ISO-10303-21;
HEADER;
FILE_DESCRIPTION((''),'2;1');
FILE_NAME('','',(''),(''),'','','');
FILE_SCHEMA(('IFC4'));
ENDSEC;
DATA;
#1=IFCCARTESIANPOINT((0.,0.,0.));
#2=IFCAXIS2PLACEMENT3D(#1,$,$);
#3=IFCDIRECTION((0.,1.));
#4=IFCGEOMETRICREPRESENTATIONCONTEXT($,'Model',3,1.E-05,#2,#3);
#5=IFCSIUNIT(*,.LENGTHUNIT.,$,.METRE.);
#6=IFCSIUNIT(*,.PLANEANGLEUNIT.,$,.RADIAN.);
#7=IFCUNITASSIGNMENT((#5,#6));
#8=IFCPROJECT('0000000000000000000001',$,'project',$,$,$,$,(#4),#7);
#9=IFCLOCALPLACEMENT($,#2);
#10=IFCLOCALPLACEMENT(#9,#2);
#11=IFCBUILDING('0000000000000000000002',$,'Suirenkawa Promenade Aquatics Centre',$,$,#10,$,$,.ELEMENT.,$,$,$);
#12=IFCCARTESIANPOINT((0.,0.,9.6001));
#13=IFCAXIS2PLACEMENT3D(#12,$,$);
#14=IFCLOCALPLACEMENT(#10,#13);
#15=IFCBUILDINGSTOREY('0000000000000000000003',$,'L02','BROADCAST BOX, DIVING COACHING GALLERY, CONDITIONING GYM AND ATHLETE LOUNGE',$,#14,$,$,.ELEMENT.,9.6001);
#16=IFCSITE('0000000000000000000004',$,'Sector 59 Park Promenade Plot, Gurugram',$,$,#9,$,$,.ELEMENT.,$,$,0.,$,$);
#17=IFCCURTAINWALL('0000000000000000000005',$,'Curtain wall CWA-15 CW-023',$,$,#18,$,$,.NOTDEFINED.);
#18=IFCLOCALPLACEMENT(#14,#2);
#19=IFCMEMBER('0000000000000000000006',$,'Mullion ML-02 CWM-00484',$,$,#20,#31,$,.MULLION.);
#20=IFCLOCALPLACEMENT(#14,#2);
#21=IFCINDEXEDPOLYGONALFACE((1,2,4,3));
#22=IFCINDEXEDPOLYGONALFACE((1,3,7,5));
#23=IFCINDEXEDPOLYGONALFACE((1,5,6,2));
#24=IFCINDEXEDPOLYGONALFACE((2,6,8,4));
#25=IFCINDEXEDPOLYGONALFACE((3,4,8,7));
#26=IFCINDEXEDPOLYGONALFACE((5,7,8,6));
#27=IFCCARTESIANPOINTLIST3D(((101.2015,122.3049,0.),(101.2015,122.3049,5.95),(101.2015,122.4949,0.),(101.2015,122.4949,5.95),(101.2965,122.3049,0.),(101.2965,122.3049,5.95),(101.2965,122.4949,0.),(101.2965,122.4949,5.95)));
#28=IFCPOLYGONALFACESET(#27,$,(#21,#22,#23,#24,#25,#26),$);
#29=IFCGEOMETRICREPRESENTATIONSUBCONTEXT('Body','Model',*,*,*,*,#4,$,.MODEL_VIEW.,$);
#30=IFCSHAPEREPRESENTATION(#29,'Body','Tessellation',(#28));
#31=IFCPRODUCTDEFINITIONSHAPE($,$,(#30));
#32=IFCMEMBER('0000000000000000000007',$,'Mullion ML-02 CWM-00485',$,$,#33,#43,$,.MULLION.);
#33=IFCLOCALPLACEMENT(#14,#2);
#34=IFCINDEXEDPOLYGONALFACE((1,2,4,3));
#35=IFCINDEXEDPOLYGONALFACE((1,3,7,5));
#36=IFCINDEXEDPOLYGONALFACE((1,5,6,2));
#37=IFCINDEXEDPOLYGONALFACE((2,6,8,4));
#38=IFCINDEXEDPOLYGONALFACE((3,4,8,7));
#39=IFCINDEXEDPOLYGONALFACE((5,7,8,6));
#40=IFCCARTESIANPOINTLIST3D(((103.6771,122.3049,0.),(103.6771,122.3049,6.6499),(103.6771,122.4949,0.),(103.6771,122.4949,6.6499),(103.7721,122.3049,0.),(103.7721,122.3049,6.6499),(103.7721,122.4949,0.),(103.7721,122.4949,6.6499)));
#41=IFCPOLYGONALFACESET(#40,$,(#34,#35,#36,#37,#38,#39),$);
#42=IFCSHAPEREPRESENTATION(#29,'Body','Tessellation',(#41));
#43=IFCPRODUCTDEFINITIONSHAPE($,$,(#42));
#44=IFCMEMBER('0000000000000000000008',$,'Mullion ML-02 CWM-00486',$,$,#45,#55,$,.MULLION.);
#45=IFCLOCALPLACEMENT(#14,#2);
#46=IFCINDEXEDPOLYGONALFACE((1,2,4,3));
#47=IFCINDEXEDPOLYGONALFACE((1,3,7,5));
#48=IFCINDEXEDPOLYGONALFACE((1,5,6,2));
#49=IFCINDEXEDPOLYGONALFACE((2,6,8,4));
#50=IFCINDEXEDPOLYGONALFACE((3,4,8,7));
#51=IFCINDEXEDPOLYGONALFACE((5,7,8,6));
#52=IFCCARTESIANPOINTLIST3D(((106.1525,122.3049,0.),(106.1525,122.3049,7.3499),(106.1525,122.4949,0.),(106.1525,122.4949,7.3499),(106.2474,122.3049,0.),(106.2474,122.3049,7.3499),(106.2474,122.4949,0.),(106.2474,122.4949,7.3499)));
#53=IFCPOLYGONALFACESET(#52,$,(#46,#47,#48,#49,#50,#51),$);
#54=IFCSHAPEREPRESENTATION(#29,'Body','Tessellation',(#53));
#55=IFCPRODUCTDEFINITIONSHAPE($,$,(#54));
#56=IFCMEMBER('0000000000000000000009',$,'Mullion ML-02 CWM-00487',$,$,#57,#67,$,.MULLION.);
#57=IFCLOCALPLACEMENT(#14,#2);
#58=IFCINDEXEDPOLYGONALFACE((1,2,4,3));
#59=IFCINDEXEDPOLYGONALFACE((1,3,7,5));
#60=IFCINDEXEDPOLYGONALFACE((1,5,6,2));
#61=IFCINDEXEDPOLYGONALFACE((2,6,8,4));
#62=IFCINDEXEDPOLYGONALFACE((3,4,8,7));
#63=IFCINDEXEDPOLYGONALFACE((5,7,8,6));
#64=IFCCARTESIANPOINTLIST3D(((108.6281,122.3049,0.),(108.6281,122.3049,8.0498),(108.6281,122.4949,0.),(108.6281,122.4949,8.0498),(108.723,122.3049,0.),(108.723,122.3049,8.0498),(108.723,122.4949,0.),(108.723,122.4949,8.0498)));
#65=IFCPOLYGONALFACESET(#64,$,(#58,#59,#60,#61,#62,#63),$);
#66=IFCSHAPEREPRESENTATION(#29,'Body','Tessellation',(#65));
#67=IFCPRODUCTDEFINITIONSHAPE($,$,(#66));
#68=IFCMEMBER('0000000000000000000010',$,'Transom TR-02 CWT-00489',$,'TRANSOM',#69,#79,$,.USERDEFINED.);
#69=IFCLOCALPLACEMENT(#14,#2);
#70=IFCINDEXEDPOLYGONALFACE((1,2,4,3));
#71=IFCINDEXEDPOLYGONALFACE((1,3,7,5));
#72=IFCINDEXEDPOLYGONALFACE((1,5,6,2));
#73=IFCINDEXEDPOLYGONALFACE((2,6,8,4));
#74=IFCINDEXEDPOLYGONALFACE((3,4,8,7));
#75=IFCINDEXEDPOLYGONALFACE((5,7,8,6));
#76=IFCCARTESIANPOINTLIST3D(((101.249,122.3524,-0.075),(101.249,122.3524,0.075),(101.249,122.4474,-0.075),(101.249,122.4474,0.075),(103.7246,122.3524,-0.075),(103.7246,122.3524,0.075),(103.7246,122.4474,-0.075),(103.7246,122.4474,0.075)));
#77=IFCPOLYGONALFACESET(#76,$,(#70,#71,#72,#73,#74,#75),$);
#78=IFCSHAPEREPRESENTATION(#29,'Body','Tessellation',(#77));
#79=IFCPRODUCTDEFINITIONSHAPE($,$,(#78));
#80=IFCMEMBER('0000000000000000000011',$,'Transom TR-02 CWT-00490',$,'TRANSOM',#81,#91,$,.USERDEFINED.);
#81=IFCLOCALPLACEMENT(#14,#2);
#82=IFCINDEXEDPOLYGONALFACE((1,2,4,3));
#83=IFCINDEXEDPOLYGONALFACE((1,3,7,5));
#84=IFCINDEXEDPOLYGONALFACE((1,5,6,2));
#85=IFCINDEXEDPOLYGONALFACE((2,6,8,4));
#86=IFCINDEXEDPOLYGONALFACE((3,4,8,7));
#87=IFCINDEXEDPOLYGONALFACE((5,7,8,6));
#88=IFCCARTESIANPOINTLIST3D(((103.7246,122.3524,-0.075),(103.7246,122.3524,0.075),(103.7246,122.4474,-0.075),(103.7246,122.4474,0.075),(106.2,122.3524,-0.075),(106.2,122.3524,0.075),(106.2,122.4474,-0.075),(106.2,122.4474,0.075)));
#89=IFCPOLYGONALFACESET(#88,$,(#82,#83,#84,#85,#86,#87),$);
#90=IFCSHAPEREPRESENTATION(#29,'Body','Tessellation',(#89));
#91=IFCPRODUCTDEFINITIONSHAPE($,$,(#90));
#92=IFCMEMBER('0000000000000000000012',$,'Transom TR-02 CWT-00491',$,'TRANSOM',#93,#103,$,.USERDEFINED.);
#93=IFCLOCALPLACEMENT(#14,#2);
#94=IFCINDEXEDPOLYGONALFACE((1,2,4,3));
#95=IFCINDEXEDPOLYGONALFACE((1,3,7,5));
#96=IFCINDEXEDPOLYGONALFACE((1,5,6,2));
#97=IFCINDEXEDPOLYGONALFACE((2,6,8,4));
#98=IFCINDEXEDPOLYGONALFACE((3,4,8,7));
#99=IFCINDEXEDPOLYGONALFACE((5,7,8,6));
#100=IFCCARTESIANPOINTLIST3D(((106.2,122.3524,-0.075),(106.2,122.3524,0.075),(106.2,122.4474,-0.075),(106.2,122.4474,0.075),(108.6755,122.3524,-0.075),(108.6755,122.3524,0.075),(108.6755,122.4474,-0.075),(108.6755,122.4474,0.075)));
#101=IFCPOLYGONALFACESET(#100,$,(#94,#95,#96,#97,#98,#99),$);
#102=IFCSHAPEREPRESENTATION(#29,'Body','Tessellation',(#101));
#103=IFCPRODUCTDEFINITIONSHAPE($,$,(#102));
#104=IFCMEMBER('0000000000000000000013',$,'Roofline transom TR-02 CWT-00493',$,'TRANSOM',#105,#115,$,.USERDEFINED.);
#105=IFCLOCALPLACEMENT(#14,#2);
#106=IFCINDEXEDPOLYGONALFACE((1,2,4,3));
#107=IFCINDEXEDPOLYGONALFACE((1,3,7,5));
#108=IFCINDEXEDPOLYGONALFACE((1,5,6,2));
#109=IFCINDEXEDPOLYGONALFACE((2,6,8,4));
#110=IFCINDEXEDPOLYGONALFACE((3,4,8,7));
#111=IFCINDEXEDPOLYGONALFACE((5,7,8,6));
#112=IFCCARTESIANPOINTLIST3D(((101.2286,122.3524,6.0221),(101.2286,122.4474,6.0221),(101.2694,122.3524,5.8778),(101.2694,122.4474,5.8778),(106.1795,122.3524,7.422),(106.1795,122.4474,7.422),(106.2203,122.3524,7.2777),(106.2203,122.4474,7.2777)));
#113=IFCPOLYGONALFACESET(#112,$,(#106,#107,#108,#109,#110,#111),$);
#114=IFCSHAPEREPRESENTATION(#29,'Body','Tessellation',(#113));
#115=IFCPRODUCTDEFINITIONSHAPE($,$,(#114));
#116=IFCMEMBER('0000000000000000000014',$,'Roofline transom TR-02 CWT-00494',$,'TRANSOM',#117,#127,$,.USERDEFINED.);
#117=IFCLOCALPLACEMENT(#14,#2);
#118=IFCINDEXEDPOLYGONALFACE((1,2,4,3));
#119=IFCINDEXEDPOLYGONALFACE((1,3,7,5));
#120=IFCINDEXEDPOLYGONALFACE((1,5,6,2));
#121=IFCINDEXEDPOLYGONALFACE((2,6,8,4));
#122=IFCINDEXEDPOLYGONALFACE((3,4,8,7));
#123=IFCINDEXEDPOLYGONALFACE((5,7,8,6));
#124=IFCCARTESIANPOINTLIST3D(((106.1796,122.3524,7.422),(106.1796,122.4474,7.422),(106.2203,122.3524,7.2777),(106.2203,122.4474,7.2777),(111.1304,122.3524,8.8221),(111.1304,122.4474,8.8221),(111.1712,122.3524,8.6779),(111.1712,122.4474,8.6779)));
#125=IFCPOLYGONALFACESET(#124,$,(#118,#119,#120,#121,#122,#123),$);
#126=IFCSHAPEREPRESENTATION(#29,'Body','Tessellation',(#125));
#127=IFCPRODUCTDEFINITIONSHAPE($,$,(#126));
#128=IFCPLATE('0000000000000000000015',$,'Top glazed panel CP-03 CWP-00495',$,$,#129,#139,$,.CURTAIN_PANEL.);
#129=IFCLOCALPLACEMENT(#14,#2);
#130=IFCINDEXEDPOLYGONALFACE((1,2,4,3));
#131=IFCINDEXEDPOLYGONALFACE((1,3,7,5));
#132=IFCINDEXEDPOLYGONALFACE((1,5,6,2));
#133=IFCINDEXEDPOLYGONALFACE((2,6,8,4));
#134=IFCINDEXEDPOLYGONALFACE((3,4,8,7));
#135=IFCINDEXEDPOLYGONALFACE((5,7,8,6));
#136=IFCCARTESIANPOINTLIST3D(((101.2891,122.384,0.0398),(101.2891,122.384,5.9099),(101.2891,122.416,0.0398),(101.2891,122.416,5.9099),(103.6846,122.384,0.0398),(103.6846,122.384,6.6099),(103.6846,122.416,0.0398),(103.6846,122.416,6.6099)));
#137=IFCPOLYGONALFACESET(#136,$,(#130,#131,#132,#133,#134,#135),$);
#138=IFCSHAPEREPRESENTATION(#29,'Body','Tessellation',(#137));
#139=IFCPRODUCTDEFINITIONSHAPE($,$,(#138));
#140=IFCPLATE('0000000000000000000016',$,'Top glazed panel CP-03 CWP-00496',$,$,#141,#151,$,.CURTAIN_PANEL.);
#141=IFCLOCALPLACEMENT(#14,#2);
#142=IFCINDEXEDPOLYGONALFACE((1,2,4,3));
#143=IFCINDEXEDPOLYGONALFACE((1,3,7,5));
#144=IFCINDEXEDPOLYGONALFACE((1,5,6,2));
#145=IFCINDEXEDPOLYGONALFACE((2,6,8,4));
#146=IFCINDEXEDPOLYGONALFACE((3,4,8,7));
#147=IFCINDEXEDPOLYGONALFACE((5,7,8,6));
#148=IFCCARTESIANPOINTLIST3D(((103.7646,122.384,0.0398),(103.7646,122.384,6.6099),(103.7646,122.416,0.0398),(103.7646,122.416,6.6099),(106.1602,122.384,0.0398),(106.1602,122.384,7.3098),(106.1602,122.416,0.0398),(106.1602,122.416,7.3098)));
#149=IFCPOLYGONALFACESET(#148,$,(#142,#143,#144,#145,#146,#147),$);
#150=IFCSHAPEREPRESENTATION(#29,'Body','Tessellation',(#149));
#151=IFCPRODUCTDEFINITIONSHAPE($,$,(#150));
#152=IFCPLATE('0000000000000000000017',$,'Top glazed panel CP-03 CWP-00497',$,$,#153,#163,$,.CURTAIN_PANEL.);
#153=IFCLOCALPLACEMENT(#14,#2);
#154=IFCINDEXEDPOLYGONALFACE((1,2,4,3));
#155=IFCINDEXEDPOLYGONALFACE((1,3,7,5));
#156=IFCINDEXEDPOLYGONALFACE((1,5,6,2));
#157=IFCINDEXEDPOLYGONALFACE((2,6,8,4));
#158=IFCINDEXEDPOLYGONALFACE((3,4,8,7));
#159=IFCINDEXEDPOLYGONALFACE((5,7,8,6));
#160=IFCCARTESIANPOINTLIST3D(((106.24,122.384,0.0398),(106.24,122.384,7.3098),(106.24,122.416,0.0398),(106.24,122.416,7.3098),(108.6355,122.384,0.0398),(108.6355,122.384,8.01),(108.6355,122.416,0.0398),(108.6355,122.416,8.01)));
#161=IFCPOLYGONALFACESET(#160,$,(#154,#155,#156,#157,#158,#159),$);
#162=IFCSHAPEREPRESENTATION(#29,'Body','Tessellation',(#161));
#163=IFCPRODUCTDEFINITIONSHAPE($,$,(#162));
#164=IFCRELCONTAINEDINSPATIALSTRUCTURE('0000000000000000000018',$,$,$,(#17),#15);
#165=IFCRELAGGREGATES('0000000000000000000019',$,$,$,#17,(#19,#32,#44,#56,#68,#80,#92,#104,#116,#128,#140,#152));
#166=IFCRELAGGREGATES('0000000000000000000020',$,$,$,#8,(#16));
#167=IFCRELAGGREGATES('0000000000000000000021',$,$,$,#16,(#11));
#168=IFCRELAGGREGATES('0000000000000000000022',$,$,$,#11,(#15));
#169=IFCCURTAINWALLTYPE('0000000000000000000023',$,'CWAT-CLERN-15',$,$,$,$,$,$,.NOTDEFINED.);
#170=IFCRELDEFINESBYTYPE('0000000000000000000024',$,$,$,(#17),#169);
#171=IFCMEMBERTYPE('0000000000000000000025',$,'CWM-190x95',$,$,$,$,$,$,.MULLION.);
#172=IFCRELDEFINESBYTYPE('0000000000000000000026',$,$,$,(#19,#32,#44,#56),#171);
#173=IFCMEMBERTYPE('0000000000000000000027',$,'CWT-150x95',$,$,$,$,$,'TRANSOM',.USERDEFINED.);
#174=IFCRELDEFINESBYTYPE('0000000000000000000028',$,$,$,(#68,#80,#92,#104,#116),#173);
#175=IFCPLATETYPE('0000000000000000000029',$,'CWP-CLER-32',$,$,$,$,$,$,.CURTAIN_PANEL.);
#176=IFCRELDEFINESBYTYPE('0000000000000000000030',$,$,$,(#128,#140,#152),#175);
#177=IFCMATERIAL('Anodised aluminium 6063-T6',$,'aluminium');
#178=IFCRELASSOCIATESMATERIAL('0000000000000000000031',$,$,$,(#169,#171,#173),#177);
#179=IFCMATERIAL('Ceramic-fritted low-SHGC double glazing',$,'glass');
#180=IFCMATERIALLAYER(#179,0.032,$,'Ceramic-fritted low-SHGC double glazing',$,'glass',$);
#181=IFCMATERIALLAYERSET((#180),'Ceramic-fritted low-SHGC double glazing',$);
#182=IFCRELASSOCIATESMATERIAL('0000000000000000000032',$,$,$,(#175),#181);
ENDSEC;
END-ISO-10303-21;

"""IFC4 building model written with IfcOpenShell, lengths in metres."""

from ifc_helpers import new_model, si_unit, direction, frame, origin, origin_2d, place, context, subcontext, project, spatial, polyline, rectangle, outline, extrude, material, layer, layer_set, material_profile, profile_set, type_object, element, aggregate, save


model = new_model("IFC4")

# Units and contexts
model_context = context("Model", 3, precision=1e-05, world=origin(), true_north=direction((0.0, 1.0)))
body_context = subcontext(model_context, "Body", "Model", "MODEL_VIEW")
ifc_project = project(units=[si_unit("LENGTHUNIT", "METRE"), si_unit("PLANEANGLEUNIT", "RADIAN")], contexts=[model_context])

# Site, building, storey
site_placement = place(None, origin())
site = spatial("IfcSite", under=ifc_project, at=site_placement, Name="Sector 59 Park Promenade Plot, Gurugram", CompositionType="ELEMENT", RefElevation=0.0)
building_placement = place(site_placement, origin())
building = spatial("IfcBuilding", under=site, at=building_placement, Name="Suirenkawa Promenade Aquatics Centre", CompositionType="ELEMENT")
storey_placement = place(building_placement, frame((0.0, 0.0, 9.6001)))
storey = spatial("IfcBuildingStorey", under=building, at=storey_placement, Name="L02", Description="BROADCAST BOX, DIVING COACHING GALLERY, CONDITIONING GYM AND ATHLETE LOUNGE", CompositionType="ELEMENT", Elevation=9.6001)

# Curtain wall, members, plates
ifc_material_1 = material(Name="Anodised aluminium 6063-T6", Category="aluminium")
curtain_wall_type = type_object("IfcCurtainWallType", Name="CWAT-CLERN-15", PredefinedType="NOTDEFINED", material=ifc_material_1)
curtain_wall_placement = place(storey_placement, origin())
curtain_wall = element("IfcCurtainWall", 1, at=curtain_wall_placement, inside=storey, type_object=curtain_wall_type, Name="Curtain wall CWA-15 CW-023", PredefinedType="NOTDEFINED")
ifc_material_profile_1 = material_profile(ifc_material_1, rectangle(XDim=0.095, YDim=0.1899, at=origin_2d()), Name="ALU MULL 95x190", Category="aluminium")
ifc_profile_set_1 = profile_set([ifc_material_profile_1], Name="Anodised aluminium 6063-T6")
member_type_1 = type_object("IfcMemberType", Name="CWM-190x95", PredefinedType="MULLION", material=ifc_profile_set_1)
member_1_placement = place(storey_placement, frame((101.249, 122.3999, 0.0), z_axis=(0.0, 0.0, 1.0), x_axis=(1.0, 0.0, 0.0)))
member_1 = element("IfcMember", 2, at=member_1_placement, type_object=member_type_1, Name="Mullion ML-02 CWM-00484", PredefinedType="MULLION", context=body_context, shape_type="SweptSolid", body=[
    extrude(rectangle(XDim=0.095, YDim=0.1899, at=origin_2d()), origin(), (0.0, 0.0, 1.0), 5.95),
])
member_2_placement = place(storey_placement, frame((103.7246, 122.3999, 0.0), z_axis=(0.0, 0.0, 1.0), x_axis=(1.0, 0.0, 0.0)))
member_2 = element("IfcMember", 3, at=member_2_placement, type_object=member_type_1, Name="Mullion ML-02 CWM-00485", PredefinedType="MULLION", context=body_context, shape_type="SweptSolid", body=[
    extrude(rectangle(XDim=0.095, YDim=0.1899, at=origin_2d()), origin(), (0.0, 0.0, 1.0), 6.6499),
])
member_3_placement = place(storey_placement, frame((106.2, 122.3999, 0.0), z_axis=(0.0, 0.0, 1.0), x_axis=(1.0, 0.0, 0.0)))
member_3 = element("IfcMember", 4, at=member_3_placement, type_object=member_type_1, Name="Mullion ML-02 CWM-00486", PredefinedType="MULLION", context=body_context, shape_type="SweptSolid", body=[
    extrude(rectangle(XDim=0.095, YDim=0.1899, at=origin_2d()), origin(), (0.0, 0.0, 1.0), 7.3499),
])
member_4_placement = place(storey_placement, frame((108.6755, 122.3999, 0.0), z_axis=(0.0, 0.0, 1.0), x_axis=(1.0, 0.0, 0.0)))
member_4 = element("IfcMember", 5, at=member_4_placement, type_object=member_type_1, Name="Mullion ML-02 CWM-00487", PredefinedType="MULLION", context=body_context, shape_type="SweptSolid", body=[
    extrude(rectangle(XDim=0.095, YDim=0.1899, at=origin_2d()), origin(), (0.0, 0.0, 1.0), 8.0498),
])
ifc_material_profile_2 = material_profile(ifc_material_1, rectangle(XDim=0.095, YDim=0.1499, at=origin_2d()), Name="ALU TRAN 95x150", Category="aluminium")
ifc_profile_set_2 = profile_set([ifc_material_profile_2], Name="Anodised aluminium 6063-T6")
member_type_2 = type_object("IfcMemberType", Name="CWT-150x95", ElementType="TRANSOM", PredefinedType="USERDEFINED", material=ifc_profile_set_2)
member_5_placement = place(storey_placement, frame((101.249, 122.3999, 0.0), z_axis=(1.0, 0.0, 0.0), x_axis=(0.0, 1.0, 0.0)))
member_5 = element("IfcMember", 6, at=member_5_placement, type_object=member_type_2, Name="Transom TR-02 CWT-00489", ObjectType="TRANSOM", PredefinedType="USERDEFINED", context=body_context, shape_type="SweptSolid", body=[
    extrude(rectangle(XDim=0.095, YDim=0.1499, at=origin_2d()), origin(), (0.0, 0.0, 1.0), 2.4756),
])
member_6_placement = place(storey_placement, frame((103.7246, 122.3999, 0.0), z_axis=(1.0, 0.0, 0.0), x_axis=(0.0, 1.0, 0.0)))
member_6 = element("IfcMember", 7, at=member_6_placement, type_object=member_type_2, Name="Transom TR-02 CWT-00490", ObjectType="TRANSOM", PredefinedType="USERDEFINED", context=body_context, shape_type="SweptSolid", body=[
    extrude(rectangle(XDim=0.095, YDim=0.1499, at=origin_2d()), origin(), (0.0, 0.0, 1.0), 2.4753),
])
member_7_placement = place(storey_placement, frame((106.2, 122.3999, 0.0), z_axis=(1.0, 0.0, 0.0), x_axis=(0.0, 1.0, 0.0)))
member_7 = element("IfcMember", 8, at=member_7_placement, type_object=member_type_2, Name="Transom TR-02 CWT-00491", ObjectType="TRANSOM", PredefinedType="USERDEFINED", context=body_context, shape_type="SweptSolid", body=[
    extrude(rectangle(XDim=0.095, YDim=0.1499, at=origin_2d()), origin(), (0.0, 0.0, 1.0), 2.4756),
])
member_8_placement = place(storey_placement, frame((101.249, 122.3999, 5.95), z_axis=(0.962272, 0.0, 0.272088), x_axis=(0.0, 1.0, 0.0)))
member_8 = element("IfcMember", 9, at=member_8_placement, type_object=member_type_2, Name="Roofline transom TR-02 CWT-00493", ObjectType="TRANSOM", PredefinedType="USERDEFINED", context=body_context, shape_type="SweptSolid", body=[
    extrude(rectangle(XDim=0.095, YDim=0.1499, at=origin_2d()), origin(), (0.0, 0.0, 1.0), 5.145),
])
member_9_placement = place(storey_placement, frame((106.2, 122.3999, 7.3499), z_axis=(0.96226, 0.0, 0.272132), x_axis=(0.0, 1.0, 0.0)))
member_9 = element("IfcMember", 10, at=member_9_placement, type_object=member_type_2, Name="Roofline transom TR-02 CWT-00494", ObjectType="TRANSOM", PredefinedType="USERDEFINED", context=body_context, shape_type="SweptSolid", body=[
    extrude(rectangle(XDim=0.095, YDim=0.1499, at=origin_2d()), origin(), (0.0, 0.0, 1.0), 5.145),
])
ifc_material_2 = material(Name="Ceramic-fritted low-SHGC double glazing", Category="glass")
ifc_layer_1 = layer(ifc_material_2, 0.032, Name="Ceramic-fritted low-SHGC double glazing", Category="glass")
ifc_layer_set_1 = layer_set([ifc_layer_1], Name="Ceramic-fritted low-SHGC double glazing")
plate_type = type_object("IfcPlateType", Name="CWP-CLER-32", PredefinedType="CURTAIN_PANEL", material=ifc_layer_set_1)
plate_1_placement = place(storey_placement, frame((101.249, 122.3999, 0.0398), z_axis=(0.0, 0.0, 1.0), x_axis=(1.0, 0.0, 0.0)))
plate_1 = element("IfcPlate", 11, at=plate_1_placement, type_object=plate_type, Name="Top glazed panel CP-03 CWP-00495", PredefinedType="CURTAIN_PANEL", context=body_context, shape_type="SweptSolid", body=[
    extrude(outline(polyline([(0.04, 0.0), (2.4355, 0.0), (2.4355, 6.5701), (0.04, 5.8701), (0.04, 0.0)])), frame((0.0, 0.0161, 0.0), z_axis=(0.0, -1.0, 0.0), x_axis=(1.0, 0.0, 0.0)), (0.0, 0.0, 1.0), 0.032),
])
plate_2_placement = place(storey_placement, frame((103.7246, 122.3999, 0.0398), z_axis=(0.0, 0.0, 1.0), x_axis=(1.0, 0.0, 0.0)))
plate_2 = element("IfcPlate", 12, at=plate_2_placement, type_object=plate_type, Name="Top glazed panel CP-03 CWP-00496", PredefinedType="CURTAIN_PANEL", context=body_context, shape_type="SweptSolid", body=[
    extrude(outline(polyline([(0.04, 0.0), (2.4355, 0.0), (2.4355, 7.27), (0.04, 6.5701), (0.04, 0.0)])), frame((0.0, 0.0161, 0.0), z_axis=(0.0, -1.0, 0.0), x_axis=(1.0, 0.0, 0.0)), (0.0, 0.0, 1.0), 0.032),
])
plate_3_placement = place(storey_placement, frame((106.2, 122.3999, 0.0398), z_axis=(0.0, 0.0, 1.0), x_axis=(1.0, 0.0, 0.0)))
plate_3 = element("IfcPlate", 13, at=plate_3_placement, type_object=plate_type, Name="Top glazed panel CP-03 CWP-00497", PredefinedType="CURTAIN_PANEL", context=body_context, shape_type="SweptSolid", body=[
    extrude(outline(polyline([(0.04, 0.0), (2.4355, 0.0), (2.4355, 7.9702), (0.04, 7.27), (0.04, 0.0)])), frame((0.0, 0.0161, 0.0), z_axis=(0.0, -1.0, 0.0), x_axis=(1.0, 0.0, 0.0)), (0.0, 0.0, 1.0), 0.032),
])
aggregate(curtain_wall, [member_1, member_2, member_3, member_4, member_5, member_6, member_7, member_8, member_9, plate_1, plate_2, plate_3])

save(model, "model.ifc")
